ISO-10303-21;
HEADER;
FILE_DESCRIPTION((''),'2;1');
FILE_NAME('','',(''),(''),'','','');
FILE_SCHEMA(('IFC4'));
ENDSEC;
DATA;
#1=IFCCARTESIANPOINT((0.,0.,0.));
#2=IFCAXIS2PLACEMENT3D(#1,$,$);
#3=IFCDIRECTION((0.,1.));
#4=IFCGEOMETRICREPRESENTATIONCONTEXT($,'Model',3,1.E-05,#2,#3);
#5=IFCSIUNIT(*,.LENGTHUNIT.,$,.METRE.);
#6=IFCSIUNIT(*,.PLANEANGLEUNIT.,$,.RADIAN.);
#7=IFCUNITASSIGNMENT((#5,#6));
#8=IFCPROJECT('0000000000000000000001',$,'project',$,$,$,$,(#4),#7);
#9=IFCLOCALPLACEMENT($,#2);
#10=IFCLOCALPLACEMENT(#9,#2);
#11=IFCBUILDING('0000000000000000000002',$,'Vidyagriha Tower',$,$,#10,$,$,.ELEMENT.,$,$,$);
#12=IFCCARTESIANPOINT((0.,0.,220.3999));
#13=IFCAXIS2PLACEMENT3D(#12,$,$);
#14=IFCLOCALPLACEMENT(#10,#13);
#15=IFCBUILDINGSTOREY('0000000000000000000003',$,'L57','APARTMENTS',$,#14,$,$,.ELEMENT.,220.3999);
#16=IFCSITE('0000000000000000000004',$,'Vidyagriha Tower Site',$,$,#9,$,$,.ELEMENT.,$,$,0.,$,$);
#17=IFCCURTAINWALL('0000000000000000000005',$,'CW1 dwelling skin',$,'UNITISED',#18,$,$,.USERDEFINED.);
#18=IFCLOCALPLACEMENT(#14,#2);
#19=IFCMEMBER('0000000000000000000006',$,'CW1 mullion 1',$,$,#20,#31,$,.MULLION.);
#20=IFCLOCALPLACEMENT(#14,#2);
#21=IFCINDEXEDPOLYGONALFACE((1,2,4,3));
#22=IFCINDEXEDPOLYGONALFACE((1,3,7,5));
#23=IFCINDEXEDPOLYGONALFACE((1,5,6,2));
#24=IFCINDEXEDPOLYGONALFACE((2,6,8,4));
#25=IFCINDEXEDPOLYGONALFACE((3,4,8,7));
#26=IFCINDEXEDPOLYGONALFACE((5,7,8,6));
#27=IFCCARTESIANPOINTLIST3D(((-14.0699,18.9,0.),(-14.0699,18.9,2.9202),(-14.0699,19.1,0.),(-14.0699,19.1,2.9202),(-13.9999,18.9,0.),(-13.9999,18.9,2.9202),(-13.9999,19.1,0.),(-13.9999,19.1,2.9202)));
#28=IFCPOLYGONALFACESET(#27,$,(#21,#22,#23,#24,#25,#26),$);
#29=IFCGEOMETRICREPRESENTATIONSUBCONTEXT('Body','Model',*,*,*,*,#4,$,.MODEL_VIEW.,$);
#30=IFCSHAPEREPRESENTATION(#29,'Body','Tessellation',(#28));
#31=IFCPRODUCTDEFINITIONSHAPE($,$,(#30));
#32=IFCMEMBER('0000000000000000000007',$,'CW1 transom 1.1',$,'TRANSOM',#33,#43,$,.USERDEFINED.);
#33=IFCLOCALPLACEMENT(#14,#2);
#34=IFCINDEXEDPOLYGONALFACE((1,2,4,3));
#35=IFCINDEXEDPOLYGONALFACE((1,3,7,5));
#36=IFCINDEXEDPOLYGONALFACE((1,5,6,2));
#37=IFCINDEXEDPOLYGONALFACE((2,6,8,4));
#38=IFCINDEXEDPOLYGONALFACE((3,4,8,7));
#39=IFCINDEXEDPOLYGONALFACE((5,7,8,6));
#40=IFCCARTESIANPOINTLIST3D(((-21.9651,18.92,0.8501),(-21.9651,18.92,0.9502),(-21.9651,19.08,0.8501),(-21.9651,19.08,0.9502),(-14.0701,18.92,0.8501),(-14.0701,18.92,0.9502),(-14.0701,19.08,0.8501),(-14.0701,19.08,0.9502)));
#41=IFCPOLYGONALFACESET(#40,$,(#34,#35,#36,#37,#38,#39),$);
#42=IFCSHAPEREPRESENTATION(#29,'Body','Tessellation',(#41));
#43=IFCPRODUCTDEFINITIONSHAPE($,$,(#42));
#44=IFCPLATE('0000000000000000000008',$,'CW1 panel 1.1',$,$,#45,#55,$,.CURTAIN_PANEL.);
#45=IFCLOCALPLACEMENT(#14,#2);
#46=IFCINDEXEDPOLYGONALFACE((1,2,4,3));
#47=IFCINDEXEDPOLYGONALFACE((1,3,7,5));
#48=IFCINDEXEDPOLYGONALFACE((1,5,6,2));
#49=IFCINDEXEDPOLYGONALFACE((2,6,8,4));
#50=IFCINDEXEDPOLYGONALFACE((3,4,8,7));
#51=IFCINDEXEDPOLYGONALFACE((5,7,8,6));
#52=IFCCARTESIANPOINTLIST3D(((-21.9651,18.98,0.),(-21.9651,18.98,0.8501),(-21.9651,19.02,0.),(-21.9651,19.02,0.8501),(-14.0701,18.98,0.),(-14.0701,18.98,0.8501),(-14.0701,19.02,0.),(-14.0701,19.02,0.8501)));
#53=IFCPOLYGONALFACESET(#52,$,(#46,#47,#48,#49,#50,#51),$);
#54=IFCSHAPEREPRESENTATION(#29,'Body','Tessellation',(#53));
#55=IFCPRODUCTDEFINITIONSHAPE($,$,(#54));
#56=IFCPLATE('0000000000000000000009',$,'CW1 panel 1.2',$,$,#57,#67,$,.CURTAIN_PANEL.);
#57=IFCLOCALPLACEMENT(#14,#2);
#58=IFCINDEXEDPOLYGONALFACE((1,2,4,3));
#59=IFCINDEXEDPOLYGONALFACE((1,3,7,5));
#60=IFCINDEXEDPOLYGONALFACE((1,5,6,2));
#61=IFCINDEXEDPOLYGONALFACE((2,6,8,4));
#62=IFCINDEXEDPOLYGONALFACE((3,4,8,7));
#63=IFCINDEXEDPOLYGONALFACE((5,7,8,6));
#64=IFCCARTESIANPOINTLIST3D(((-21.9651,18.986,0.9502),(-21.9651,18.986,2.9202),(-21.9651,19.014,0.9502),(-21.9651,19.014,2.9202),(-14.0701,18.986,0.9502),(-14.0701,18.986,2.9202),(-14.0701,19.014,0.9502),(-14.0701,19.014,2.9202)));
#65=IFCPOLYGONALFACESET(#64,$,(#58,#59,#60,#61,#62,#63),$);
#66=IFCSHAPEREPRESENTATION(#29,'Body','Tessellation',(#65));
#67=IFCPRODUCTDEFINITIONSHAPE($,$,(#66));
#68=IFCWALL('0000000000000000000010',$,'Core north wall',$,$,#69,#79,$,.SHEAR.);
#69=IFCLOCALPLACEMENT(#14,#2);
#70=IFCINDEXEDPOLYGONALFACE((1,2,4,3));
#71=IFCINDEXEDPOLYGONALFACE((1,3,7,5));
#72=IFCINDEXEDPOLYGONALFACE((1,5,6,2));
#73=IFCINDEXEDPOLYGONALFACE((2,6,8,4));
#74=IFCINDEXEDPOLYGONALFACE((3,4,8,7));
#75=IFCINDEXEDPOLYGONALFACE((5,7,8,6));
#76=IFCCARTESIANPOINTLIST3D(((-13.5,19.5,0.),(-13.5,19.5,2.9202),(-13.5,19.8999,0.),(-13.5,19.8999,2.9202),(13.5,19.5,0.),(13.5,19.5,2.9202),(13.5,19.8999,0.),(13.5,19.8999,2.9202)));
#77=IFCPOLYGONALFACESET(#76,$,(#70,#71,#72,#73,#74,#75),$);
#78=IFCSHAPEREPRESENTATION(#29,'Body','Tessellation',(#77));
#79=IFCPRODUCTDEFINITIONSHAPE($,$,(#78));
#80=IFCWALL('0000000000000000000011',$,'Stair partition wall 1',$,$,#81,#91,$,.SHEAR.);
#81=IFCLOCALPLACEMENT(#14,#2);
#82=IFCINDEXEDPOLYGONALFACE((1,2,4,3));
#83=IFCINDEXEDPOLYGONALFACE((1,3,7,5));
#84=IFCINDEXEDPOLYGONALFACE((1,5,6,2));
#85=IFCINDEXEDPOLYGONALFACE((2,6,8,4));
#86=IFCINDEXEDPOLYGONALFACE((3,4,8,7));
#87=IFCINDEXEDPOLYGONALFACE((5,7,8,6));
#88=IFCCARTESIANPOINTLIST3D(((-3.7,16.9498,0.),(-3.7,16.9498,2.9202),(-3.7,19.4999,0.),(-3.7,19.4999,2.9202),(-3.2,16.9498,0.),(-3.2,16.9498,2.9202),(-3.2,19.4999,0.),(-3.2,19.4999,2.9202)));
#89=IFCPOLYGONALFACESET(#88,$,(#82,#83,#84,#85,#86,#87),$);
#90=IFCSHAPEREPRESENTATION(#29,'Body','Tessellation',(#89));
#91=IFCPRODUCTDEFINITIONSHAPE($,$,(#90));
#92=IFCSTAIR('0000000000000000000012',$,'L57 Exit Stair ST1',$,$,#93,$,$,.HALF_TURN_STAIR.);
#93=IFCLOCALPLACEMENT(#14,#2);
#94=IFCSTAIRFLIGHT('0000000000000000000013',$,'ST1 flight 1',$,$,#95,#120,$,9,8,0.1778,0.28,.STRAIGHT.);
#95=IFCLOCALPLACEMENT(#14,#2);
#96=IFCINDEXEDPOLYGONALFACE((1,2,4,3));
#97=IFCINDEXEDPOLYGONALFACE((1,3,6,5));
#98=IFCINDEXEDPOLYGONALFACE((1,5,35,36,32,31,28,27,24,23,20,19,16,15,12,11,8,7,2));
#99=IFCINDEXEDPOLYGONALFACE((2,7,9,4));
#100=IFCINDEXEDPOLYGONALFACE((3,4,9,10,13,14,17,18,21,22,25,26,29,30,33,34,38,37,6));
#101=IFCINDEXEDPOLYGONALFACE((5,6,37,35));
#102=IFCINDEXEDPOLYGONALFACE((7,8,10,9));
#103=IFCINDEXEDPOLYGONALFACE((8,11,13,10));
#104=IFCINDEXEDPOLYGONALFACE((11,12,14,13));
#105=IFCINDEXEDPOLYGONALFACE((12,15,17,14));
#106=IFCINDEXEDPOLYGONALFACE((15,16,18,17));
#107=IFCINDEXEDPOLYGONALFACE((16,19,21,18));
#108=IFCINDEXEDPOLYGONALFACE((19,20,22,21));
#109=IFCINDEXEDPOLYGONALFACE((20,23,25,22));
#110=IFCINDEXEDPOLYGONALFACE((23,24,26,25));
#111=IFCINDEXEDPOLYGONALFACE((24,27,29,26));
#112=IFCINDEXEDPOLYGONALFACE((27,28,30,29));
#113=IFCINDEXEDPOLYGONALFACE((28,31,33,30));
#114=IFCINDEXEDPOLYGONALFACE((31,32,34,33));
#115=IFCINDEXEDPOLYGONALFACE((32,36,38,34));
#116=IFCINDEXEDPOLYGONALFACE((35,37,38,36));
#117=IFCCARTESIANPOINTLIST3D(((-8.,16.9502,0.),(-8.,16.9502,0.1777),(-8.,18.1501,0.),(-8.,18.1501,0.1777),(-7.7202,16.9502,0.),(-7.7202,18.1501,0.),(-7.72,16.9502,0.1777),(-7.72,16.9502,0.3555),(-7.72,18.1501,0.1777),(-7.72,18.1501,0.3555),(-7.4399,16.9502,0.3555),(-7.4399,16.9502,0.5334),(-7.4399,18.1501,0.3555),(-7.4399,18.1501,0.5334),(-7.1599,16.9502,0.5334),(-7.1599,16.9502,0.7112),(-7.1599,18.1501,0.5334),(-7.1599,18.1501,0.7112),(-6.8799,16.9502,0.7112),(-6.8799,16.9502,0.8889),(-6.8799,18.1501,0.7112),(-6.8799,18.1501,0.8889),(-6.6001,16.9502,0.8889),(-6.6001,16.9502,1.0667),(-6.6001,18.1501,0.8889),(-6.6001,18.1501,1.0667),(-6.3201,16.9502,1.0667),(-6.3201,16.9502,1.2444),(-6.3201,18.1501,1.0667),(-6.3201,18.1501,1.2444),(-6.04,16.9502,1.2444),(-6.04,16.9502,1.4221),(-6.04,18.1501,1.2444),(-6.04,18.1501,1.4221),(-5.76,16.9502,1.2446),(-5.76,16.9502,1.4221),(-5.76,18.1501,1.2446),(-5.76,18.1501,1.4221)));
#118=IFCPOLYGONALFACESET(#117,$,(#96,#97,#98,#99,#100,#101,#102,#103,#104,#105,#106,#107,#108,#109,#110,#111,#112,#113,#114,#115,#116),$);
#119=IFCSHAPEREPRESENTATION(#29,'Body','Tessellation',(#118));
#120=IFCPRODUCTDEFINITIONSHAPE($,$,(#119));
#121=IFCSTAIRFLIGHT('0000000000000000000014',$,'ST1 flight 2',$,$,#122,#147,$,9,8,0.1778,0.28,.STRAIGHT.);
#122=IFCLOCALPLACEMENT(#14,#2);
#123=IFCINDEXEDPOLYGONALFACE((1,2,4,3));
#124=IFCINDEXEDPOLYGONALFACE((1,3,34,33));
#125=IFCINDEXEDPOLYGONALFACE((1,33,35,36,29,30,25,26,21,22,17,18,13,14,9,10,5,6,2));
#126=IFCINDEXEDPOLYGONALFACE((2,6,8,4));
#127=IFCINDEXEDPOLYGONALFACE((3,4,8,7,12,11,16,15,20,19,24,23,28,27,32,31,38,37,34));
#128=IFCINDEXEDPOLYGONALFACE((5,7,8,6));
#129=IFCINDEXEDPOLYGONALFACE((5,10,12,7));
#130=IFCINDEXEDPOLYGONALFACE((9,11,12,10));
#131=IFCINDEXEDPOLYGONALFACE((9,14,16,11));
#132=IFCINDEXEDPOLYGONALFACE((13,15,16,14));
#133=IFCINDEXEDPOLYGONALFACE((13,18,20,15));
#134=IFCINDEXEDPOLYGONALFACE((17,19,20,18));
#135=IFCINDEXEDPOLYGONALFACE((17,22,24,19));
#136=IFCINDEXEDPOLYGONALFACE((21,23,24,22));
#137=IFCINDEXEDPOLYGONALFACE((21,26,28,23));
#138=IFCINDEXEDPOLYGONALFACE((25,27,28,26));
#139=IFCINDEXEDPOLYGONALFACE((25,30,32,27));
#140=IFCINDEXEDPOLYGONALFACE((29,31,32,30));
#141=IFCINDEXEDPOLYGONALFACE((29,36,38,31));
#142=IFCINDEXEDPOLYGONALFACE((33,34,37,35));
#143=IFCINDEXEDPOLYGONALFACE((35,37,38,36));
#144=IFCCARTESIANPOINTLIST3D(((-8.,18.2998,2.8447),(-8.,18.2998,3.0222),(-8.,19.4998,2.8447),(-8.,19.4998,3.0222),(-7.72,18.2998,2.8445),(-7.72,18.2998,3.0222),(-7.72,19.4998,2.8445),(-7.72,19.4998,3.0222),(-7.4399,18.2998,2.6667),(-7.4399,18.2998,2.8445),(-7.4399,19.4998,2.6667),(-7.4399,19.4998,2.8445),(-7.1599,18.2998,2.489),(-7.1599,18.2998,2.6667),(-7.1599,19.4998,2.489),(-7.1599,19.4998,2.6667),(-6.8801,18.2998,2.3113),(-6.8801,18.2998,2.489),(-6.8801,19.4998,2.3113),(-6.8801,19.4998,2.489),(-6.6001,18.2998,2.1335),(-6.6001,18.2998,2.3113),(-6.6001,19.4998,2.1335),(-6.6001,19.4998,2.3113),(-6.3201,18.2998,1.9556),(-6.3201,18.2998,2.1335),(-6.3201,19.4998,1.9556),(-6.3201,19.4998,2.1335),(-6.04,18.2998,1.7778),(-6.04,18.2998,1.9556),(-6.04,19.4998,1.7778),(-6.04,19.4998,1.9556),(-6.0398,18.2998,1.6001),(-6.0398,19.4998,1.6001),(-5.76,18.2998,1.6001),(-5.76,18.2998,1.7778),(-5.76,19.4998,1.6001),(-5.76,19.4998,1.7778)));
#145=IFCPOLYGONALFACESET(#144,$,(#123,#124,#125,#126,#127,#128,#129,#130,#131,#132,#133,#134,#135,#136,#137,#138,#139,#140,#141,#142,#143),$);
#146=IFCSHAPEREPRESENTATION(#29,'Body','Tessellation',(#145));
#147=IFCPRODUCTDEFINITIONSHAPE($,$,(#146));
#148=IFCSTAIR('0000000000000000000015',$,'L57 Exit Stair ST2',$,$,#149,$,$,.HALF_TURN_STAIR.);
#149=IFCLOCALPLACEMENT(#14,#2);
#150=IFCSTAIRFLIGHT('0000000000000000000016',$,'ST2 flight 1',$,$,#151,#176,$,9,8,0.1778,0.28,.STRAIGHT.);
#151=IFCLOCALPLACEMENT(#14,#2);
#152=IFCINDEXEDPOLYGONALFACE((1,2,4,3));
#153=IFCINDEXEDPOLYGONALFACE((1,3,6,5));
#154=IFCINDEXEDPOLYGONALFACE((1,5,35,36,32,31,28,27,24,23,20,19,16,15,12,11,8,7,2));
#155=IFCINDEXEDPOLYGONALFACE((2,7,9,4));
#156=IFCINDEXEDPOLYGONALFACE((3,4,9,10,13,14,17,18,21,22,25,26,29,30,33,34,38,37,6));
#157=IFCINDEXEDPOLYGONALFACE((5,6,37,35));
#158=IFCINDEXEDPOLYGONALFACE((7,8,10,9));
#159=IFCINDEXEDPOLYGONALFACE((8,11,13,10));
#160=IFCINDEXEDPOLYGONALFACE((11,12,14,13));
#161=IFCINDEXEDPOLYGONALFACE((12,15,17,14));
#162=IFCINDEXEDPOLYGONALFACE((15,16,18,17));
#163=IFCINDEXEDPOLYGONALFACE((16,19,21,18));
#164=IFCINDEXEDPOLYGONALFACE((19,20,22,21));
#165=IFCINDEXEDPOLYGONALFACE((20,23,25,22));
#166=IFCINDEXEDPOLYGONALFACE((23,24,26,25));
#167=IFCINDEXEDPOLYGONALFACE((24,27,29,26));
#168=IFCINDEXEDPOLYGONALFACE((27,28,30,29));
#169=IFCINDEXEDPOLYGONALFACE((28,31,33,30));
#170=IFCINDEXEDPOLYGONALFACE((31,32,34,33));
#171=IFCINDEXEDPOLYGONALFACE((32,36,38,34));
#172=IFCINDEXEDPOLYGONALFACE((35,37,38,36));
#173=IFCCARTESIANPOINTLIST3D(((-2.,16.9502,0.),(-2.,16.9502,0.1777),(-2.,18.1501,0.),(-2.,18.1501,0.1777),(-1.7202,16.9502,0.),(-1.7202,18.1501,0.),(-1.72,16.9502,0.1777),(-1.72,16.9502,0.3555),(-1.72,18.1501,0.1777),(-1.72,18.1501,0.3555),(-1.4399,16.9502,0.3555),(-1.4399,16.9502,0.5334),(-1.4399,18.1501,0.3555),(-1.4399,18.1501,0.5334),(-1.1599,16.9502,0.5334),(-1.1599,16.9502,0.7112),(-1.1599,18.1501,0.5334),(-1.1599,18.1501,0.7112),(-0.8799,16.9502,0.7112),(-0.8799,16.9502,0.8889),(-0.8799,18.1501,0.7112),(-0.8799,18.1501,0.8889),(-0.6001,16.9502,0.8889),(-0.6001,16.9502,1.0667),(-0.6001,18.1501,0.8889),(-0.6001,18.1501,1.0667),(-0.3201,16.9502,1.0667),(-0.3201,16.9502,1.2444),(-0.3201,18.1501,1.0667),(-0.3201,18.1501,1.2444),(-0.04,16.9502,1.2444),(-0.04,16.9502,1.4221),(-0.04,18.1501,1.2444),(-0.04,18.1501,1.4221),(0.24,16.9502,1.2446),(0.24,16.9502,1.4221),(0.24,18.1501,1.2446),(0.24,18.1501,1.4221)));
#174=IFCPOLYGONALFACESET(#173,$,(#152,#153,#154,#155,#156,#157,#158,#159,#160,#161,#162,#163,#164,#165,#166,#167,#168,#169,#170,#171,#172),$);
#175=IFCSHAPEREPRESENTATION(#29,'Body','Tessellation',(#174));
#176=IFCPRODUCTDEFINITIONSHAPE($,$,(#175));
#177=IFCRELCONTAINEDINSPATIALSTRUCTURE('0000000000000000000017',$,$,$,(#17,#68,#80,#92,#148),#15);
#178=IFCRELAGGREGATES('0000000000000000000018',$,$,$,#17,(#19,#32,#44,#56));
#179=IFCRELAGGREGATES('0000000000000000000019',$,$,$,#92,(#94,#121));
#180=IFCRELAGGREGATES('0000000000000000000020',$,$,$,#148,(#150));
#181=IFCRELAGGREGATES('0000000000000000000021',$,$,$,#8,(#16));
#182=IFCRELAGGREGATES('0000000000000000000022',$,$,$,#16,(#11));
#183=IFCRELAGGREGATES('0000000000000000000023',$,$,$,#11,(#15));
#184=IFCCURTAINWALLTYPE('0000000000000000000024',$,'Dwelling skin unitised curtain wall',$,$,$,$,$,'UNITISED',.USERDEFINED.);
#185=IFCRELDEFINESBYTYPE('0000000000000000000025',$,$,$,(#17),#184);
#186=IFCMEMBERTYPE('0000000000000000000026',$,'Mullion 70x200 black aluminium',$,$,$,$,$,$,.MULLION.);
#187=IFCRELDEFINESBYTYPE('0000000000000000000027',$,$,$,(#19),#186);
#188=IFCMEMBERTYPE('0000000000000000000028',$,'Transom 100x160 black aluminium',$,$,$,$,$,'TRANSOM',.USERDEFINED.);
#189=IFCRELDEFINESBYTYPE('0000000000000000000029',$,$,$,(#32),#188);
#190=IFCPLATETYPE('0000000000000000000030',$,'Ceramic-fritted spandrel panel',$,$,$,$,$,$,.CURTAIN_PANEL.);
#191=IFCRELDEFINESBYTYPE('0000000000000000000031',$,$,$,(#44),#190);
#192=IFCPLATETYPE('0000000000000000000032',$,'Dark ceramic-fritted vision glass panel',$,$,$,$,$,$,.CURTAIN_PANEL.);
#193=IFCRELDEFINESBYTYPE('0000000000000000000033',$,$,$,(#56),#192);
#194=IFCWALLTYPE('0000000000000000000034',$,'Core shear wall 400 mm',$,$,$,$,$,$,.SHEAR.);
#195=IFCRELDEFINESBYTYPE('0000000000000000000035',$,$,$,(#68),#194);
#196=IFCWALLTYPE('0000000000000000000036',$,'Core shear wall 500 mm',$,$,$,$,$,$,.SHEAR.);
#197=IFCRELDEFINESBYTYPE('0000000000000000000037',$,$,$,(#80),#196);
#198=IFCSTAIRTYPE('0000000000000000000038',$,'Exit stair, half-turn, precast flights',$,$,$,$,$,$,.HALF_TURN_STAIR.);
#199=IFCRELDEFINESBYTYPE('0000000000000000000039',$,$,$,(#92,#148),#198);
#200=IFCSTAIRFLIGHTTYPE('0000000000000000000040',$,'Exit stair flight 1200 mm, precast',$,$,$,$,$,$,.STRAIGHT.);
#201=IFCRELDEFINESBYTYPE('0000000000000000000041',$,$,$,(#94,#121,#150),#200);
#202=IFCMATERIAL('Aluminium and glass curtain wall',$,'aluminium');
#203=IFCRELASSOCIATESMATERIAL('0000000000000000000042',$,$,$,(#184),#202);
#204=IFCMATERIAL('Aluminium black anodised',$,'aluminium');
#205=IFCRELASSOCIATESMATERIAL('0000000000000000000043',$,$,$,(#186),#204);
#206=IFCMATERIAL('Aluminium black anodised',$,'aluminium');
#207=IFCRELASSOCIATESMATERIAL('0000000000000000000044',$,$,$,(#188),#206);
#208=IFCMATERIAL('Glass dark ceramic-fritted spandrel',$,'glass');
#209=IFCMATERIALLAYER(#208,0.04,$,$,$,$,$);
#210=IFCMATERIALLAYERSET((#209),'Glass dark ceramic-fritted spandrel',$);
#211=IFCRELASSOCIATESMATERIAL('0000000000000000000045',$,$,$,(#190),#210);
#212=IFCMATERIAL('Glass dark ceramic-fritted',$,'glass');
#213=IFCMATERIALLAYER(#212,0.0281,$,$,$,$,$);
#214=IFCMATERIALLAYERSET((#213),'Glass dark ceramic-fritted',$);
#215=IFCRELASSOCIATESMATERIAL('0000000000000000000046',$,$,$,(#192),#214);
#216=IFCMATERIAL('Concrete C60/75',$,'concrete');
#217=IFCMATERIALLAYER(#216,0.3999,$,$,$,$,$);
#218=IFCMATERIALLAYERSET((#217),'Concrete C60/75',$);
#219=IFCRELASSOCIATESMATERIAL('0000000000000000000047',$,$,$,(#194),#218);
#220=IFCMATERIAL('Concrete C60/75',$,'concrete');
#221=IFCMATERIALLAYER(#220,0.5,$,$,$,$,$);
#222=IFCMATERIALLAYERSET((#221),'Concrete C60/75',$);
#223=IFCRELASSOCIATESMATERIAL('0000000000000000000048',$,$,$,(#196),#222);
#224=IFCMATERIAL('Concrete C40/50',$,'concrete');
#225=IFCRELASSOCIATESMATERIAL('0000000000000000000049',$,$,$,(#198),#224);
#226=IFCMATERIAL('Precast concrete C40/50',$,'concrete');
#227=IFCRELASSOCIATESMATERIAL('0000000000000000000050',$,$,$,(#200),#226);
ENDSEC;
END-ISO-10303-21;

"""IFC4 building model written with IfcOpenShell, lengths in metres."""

from ifc_helpers import new_model, si_unit, direction, frame, frame_2d, origin, origin_2d, place, context, subcontext, project, spatial, polyline, rectangle, outline, extrude, material, layer, layer_set, material_profile, profile_set, type_object, element, aggregate, save


model = new_model("IFC4")

# Units and contexts
model_context = context("Model", 3, precision=1e-05, world=origin(), true_north=direction((0.0, 1.0)))
body_context = subcontext(model_context, "Body", "Model", "MODEL_VIEW")
ifc_project = project(units=[si_unit("LENGTHUNIT", "METRE"), si_unit("PLANEANGLEUNIT", "RADIAN")], contexts=[model_context])

# Site, building, storey
site_placement = place(None, origin())
site = spatial("IfcSite", under=ifc_project, at=site_placement, Name="Vidyagriha Tower Site", CompositionType="ELEMENT", RefElevation=0.0)
building_placement = place(site_placement, origin())
building = spatial("IfcBuilding", under=site, at=building_placement, Name="Vidyagriha Tower", CompositionType="ELEMENT")
storey_placement = place(building_placement, frame((0.0, 0.0, 220.3999)))
storey = spatial("IfcBuildingStorey", under=building, at=storey_placement, Name="L57", Description="APARTMENTS", CompositionType="ELEMENT", Elevation=220.3999)

# Curtain wall, members, plates
ifc_material_1 = material(Name="Aluminium and glass curtain wall", Category="aluminium")
curtain_wall_type = type_object("IfcCurtainWallType", Name="Dwelling skin unitised curtain wall", ElementType="UNITISED", PredefinedType="USERDEFINED", material=ifc_material_1)
curtain_wall_placement = place(storey_placement, origin())
curtain_wall = element("IfcCurtainWall", 1, at=curtain_wall_placement, inside=storey, type_object=curtain_wall_type, Name="CW1 dwelling skin", ObjectType="UNITISED", PredefinedType="USERDEFINED")
ifc_material_2 = material(Name="Aluminium black anodised", Category="aluminium")
ifc_material_profile_1 = material_profile(ifc_material_2, rectangle(XDim=0.2, YDim=0.0701, at=origin_2d()), Name="Mullion 70x200 black aluminium")
ifc_profile_set_1 = profile_set([ifc_material_profile_1], Name="Aluminium black anodised")
member_type_1 = type_object("IfcMemberType", Name="Mullion 70x200 black aluminium", PredefinedType="MULLION", material=ifc_profile_set_1)
member_1_placement = place(storey_placement, frame((-14.0349, 19.0, 0.0), z_axis=(0.0, 0.0, 1.0), x_axis=(0.0, -1.0, 0.0)))
member_1 = element("IfcMember", 2, at=member_1_placement, type_object=member_type_1, Name="CW1 mullion 1", PredefinedType="MULLION", context=body_context, shape_type="SweptSolid", body=[
    extrude(rectangle(XDim=0.2, YDim=0.0701, at=origin_2d()), origin(), (0.0, 0.0, 1.0), 2.9202),
])
ifc_material_3 = material(Name="Aluminium black anodised", Category="aluminium")
ifc_material_profile_2 = material_profile(ifc_material_3, rectangle(XDim=0.1599, YDim=0.1001, at=origin_2d()), Name="Transom 100x160 black aluminium")
ifc_profile_set_2 = profile_set([ifc_material_profile_2], Name="Aluminium black anodised")
member_type_2 = type_object("IfcMemberType", Name="Transom 100x160 black aluminium", ElementType="TRANSOM", PredefinedType="USERDEFINED", material=ifc_profile_set_2)
member_2_placement = place(storey_placement, frame((-14.0701, 19.0, 0.9001), z_axis=(-1.0, 0.0, 0.0), x_axis=(0.0, -1.0, 0.0)))
member_2 = element("IfcMember", 3, at=member_2_placement, type_object=member_type_2, Name="CW1 transom 1.1", ObjectType="TRANSOM", PredefinedType="USERDEFINED", context=body_context, shape_type="SweptSolid", body=[
    extrude(rectangle(XDim=0.1599, YDim=0.1001, at=origin_2d()), origin(), (0.0, 0.0, 1.0), 7.895),
])
ifc_material_4 = material(Name="Glass dark ceramic-fritted spandrel", Category="glass")
ifc_layer_1 = layer(ifc_material_4, 0.04)
ifc_layer_set_1 = layer_set([ifc_layer_1], Name="Glass dark ceramic-fritted spandrel")
plate_type_1 = type_object("IfcPlateType", Name="Ceramic-fritted spandrel panel", PredefinedType="CURTAIN_PANEL", material=ifc_layer_set_1)
plate_1_placement = place(storey_placement, frame((-18.0176, 19.0, 0.0), z_axis=(0.0, 0.0, 1.0), x_axis=(-1.0, 0.0, 0.0)))
plate_1 = element("IfcPlate", 4, at=plate_1_placement, type_object=plate_type_1, Name="CW1 panel 1.1", PredefinedType="CURTAIN_PANEL", context=body_context, shape_type="SweptSolid", body=[
    extrude(rectangle(XDim=7.895, YDim=0.04, at=origin_2d()), origin(), (0.0, 0.0, 1.0), 0.8501),
])
ifc_material_5 = material(Name="Glass dark ceramic-fritted", Category="glass")
ifc_layer_2 = layer(ifc_material_5, 0.0281)
ifc_layer_set_2 = layer_set([ifc_layer_2], Name="Glass dark ceramic-fritted")
plate_type_2 = type_object("IfcPlateType", Name="Dark ceramic-fritted vision glass panel", PredefinedType="CURTAIN_PANEL", material=ifc_layer_set_2)
plate_2_placement = place(storey_placement, frame((-18.0176, 19.0, 0.9502), z_axis=(0.0, 0.0, 1.0), x_axis=(-1.0, 0.0, 0.0)))
plate_2 = element("IfcPlate", 5, at=plate_2_placement, type_object=plate_type_2, Name="CW1 panel 1.2", PredefinedType="CURTAIN_PANEL", context=body_context, shape_type="SweptSolid", body=[
    extrude(rectangle(XDim=7.895, YDim=0.0281, at=origin_2d()), origin(), (0.0, 0.0, 1.0), 1.97),
])
aggregate(curtain_wall, [member_1, member_2, plate_1, plate_2])

# Walls
ifc_material_6 = material(Name="Concrete C60/75", Category="concrete")
ifc_layer_3 = layer(ifc_material_6, 0.3999)
ifc_layer_set_3 = layer_set([ifc_layer_3], Name="Concrete C60/75")
wall_type_1 = type_object("IfcWallType", Name="Core shear wall 400 mm", PredefinedType="SHEAR", material=ifc_layer_set_3)
wall_1_placement = place(storey_placement, frame((-13.5, 19.7, 0.0)))
element("IfcWall", 6, at=wall_1_placement, inside=storey, type_object=wall_type_1, Name="Core north wall", PredefinedType="SHEAR", context=body_context, shape_type="SweptSolid", body=[
    extrude(rectangle(XDim=27.0, YDim=0.3999, at=frame_2d((13.5, 0.0))), origin(), (0.0, 0.0, 1.0), 2.9202),
])
ifc_material_7 = material(Name="Concrete C60/75", Category="concrete")
ifc_layer_4 = layer(ifc_material_7, 0.5)
ifc_layer_set_4 = layer_set([ifc_layer_4], Name="Concrete C60/75")
wall_type_2 = type_object("IfcWallType", Name="Core shear wall 500 mm", PredefinedType="SHEAR", material=ifc_layer_set_4)
wall_2_placement = place(storey_placement, frame((-3.45, 16.95, 0.0), z_axis=(0.0, 0.0, 1.0), x_axis=(0.0, 1.0, 0.0)))
element("IfcWall", 7, at=wall_2_placement, inside=storey, type_object=wall_type_2, Name="Stair partition wall 1", PredefinedType="SHEAR", context=body_context, shape_type="SweptSolid", body=[
    extrude(rectangle(XDim=2.55, YDim=0.5, at=frame_2d((1.2749, 0.0))), origin(), (0.0, 0.0, 1.0), 2.9202),
])

# Stair, stair flights
ifc_material_8 = material(Name="Concrete C40/50", Category="concrete")
stair_type = type_object("IfcStairType", Name="Exit stair, half-turn, precast flights", PredefinedType="HALF_TURN_STAIR", material=ifc_material_8)
stair_1_placement = place(storey_placement, origin())
stair_1 = element("IfcStair", 8, at=stair_1_placement, inside=storey, type_object=stair_type, Name="L57 Exit Stair ST1", PredefinedType="HALF_TURN_STAIR")
ifc_material_9 = material(Name="Precast concrete C40/50", Category="concrete")
stair_flight_type = type_object("IfcStairFlightType", Name="Exit stair flight 1200 mm, precast", PredefinedType="STRAIGHT", material=ifc_material_9)
stair_flight_1_placement = place(storey_placement, frame((-8.0, 17.55, 0.0)))
stair_flight_1 = element("IfcStairFlight", 9, at=stair_flight_1_placement, type_object=stair_flight_type, Name="ST1 flight 1", NumberOfRisers=9, NumberOfTreads=8, PredefinedType="STRAIGHT", RiserHeight=0.1778, TreadLength=0.28, context=body_context, shape_type="SweptSolid", body=[
    extrude(outline(polyline([(0.0, 0.0), (0.0, 0.1777), (0.28, 0.1777), (0.28, 0.3555), (0.5601, 0.3555), (0.5601, 0.5334), (0.8401, 0.5334), (0.8401, 0.7112), (1.1201, 0.7112), (1.1201, 0.8889), (1.3999, 0.8889), (1.3999, 1.0667), (1.6799, 1.0667), (1.6799, 1.2444), (1.96, 1.2444), (1.96, 1.4221), (2.24, 1.4221), (2.24, 1.6001), (2.24, 1.2446), (0.2798, 0.0), (0.0, 0.0)])), frame((0.0, 0.6001, 0.0), z_axis=(0.0, -1.0, 0.0), x_axis=(1.0, 0.0, 0.0)), (0.0, 0.0, 1.0), 1.2),
])
stair_flight_2_placement = place(storey_placement, frame((-5.76, 18.8999, 1.6001), z_axis=(0.0, 0.0, 1.0), x_axis=(-1.0, 0.0, 0.0)))
stair_flight_2 = element("IfcStairFlight", 10, at=stair_flight_2_placement, type_object=stair_flight_type, Name="ST1 flight 2", NumberOfRisers=9, NumberOfTreads=8, PredefinedType="STRAIGHT", RiserHeight=0.1778, TreadLength=0.28, context=body_context, shape_type="SweptSolid", body=[
    extrude(outline(polyline([(0.0, 0.0), (0.0, 0.1777), (0.28, 0.1777), (0.28, 0.3555), (0.5601, 0.3555), (0.5601, 0.5334), (0.8401, 0.5334), (0.8401, 0.7112), (1.1201, 0.7112), (1.1201, 0.8889), (1.3999, 0.8889), (1.3999, 1.0667), (1.6799, 1.0667), (1.6799, 1.2444), (1.96, 1.2444), (1.96, 1.4221), (2.24, 1.4221), (2.24, 1.6001), (2.24, 1.2446), (0.2798, 0.0), (0.0, 0.0)])), frame((0.0, 0.6001, 0.0), z_axis=(0.0, -1.0, 0.0), x_axis=(1.0, 0.0, 0.0)), (0.0, 0.0, 1.0), 1.2),
])
aggregate(stair_1, [stair_flight_1, stair_flight_2])

# Stair, stair flight
stair_2_placement = place(storey_placement, origin())
stair_2 = element("IfcStair", 11, at=stair_2_placement, inside=storey, type_object=stair_type, Name="L57 Exit Stair ST2", PredefinedType="HALF_TURN_STAIR")
stair_flight_3_placement = place(storey_placement, frame((-2.0, 17.55, 0.0)))
stair_flight_3 = element("IfcStairFlight", 12, at=stair_flight_3_placement, type_object=stair_flight_type, Name="ST2 flight 1", NumberOfRisers=9, NumberOfTreads=8, PredefinedType="STRAIGHT", RiserHeight=0.1778, TreadLength=0.28, context=body_context, shape_type="SweptSolid", body=[
    extrude(outline(polyline([(0.0, 0.0), (0.0, 0.1777), (0.28, 0.1777), (0.28, 0.3555), (0.5601, 0.3555), (0.5601, 0.5334), (0.8401, 0.5334), (0.8401, 0.7112), (1.1201, 0.7112), (1.1201, 0.8889), (1.3999, 0.8889), (1.3999, 1.0667), (1.6799, 1.0667), (1.6799, 1.2444), (1.96, 1.2444), (1.96, 1.4221), (2.24, 1.4221), (2.24, 1.6001), (2.24, 1.2446), (0.2798, 0.0), (0.0, 0.0)])), frame((0.0, 0.6001, 0.0), z_axis=(0.0, -1.0, 0.0), x_axis=(1.0, 0.0, 0.0)), (0.0, 0.0, 1.0), 1.2),
])
aggregate(stair_2, [stair_flight_3])

save(model, "model.ifc")
